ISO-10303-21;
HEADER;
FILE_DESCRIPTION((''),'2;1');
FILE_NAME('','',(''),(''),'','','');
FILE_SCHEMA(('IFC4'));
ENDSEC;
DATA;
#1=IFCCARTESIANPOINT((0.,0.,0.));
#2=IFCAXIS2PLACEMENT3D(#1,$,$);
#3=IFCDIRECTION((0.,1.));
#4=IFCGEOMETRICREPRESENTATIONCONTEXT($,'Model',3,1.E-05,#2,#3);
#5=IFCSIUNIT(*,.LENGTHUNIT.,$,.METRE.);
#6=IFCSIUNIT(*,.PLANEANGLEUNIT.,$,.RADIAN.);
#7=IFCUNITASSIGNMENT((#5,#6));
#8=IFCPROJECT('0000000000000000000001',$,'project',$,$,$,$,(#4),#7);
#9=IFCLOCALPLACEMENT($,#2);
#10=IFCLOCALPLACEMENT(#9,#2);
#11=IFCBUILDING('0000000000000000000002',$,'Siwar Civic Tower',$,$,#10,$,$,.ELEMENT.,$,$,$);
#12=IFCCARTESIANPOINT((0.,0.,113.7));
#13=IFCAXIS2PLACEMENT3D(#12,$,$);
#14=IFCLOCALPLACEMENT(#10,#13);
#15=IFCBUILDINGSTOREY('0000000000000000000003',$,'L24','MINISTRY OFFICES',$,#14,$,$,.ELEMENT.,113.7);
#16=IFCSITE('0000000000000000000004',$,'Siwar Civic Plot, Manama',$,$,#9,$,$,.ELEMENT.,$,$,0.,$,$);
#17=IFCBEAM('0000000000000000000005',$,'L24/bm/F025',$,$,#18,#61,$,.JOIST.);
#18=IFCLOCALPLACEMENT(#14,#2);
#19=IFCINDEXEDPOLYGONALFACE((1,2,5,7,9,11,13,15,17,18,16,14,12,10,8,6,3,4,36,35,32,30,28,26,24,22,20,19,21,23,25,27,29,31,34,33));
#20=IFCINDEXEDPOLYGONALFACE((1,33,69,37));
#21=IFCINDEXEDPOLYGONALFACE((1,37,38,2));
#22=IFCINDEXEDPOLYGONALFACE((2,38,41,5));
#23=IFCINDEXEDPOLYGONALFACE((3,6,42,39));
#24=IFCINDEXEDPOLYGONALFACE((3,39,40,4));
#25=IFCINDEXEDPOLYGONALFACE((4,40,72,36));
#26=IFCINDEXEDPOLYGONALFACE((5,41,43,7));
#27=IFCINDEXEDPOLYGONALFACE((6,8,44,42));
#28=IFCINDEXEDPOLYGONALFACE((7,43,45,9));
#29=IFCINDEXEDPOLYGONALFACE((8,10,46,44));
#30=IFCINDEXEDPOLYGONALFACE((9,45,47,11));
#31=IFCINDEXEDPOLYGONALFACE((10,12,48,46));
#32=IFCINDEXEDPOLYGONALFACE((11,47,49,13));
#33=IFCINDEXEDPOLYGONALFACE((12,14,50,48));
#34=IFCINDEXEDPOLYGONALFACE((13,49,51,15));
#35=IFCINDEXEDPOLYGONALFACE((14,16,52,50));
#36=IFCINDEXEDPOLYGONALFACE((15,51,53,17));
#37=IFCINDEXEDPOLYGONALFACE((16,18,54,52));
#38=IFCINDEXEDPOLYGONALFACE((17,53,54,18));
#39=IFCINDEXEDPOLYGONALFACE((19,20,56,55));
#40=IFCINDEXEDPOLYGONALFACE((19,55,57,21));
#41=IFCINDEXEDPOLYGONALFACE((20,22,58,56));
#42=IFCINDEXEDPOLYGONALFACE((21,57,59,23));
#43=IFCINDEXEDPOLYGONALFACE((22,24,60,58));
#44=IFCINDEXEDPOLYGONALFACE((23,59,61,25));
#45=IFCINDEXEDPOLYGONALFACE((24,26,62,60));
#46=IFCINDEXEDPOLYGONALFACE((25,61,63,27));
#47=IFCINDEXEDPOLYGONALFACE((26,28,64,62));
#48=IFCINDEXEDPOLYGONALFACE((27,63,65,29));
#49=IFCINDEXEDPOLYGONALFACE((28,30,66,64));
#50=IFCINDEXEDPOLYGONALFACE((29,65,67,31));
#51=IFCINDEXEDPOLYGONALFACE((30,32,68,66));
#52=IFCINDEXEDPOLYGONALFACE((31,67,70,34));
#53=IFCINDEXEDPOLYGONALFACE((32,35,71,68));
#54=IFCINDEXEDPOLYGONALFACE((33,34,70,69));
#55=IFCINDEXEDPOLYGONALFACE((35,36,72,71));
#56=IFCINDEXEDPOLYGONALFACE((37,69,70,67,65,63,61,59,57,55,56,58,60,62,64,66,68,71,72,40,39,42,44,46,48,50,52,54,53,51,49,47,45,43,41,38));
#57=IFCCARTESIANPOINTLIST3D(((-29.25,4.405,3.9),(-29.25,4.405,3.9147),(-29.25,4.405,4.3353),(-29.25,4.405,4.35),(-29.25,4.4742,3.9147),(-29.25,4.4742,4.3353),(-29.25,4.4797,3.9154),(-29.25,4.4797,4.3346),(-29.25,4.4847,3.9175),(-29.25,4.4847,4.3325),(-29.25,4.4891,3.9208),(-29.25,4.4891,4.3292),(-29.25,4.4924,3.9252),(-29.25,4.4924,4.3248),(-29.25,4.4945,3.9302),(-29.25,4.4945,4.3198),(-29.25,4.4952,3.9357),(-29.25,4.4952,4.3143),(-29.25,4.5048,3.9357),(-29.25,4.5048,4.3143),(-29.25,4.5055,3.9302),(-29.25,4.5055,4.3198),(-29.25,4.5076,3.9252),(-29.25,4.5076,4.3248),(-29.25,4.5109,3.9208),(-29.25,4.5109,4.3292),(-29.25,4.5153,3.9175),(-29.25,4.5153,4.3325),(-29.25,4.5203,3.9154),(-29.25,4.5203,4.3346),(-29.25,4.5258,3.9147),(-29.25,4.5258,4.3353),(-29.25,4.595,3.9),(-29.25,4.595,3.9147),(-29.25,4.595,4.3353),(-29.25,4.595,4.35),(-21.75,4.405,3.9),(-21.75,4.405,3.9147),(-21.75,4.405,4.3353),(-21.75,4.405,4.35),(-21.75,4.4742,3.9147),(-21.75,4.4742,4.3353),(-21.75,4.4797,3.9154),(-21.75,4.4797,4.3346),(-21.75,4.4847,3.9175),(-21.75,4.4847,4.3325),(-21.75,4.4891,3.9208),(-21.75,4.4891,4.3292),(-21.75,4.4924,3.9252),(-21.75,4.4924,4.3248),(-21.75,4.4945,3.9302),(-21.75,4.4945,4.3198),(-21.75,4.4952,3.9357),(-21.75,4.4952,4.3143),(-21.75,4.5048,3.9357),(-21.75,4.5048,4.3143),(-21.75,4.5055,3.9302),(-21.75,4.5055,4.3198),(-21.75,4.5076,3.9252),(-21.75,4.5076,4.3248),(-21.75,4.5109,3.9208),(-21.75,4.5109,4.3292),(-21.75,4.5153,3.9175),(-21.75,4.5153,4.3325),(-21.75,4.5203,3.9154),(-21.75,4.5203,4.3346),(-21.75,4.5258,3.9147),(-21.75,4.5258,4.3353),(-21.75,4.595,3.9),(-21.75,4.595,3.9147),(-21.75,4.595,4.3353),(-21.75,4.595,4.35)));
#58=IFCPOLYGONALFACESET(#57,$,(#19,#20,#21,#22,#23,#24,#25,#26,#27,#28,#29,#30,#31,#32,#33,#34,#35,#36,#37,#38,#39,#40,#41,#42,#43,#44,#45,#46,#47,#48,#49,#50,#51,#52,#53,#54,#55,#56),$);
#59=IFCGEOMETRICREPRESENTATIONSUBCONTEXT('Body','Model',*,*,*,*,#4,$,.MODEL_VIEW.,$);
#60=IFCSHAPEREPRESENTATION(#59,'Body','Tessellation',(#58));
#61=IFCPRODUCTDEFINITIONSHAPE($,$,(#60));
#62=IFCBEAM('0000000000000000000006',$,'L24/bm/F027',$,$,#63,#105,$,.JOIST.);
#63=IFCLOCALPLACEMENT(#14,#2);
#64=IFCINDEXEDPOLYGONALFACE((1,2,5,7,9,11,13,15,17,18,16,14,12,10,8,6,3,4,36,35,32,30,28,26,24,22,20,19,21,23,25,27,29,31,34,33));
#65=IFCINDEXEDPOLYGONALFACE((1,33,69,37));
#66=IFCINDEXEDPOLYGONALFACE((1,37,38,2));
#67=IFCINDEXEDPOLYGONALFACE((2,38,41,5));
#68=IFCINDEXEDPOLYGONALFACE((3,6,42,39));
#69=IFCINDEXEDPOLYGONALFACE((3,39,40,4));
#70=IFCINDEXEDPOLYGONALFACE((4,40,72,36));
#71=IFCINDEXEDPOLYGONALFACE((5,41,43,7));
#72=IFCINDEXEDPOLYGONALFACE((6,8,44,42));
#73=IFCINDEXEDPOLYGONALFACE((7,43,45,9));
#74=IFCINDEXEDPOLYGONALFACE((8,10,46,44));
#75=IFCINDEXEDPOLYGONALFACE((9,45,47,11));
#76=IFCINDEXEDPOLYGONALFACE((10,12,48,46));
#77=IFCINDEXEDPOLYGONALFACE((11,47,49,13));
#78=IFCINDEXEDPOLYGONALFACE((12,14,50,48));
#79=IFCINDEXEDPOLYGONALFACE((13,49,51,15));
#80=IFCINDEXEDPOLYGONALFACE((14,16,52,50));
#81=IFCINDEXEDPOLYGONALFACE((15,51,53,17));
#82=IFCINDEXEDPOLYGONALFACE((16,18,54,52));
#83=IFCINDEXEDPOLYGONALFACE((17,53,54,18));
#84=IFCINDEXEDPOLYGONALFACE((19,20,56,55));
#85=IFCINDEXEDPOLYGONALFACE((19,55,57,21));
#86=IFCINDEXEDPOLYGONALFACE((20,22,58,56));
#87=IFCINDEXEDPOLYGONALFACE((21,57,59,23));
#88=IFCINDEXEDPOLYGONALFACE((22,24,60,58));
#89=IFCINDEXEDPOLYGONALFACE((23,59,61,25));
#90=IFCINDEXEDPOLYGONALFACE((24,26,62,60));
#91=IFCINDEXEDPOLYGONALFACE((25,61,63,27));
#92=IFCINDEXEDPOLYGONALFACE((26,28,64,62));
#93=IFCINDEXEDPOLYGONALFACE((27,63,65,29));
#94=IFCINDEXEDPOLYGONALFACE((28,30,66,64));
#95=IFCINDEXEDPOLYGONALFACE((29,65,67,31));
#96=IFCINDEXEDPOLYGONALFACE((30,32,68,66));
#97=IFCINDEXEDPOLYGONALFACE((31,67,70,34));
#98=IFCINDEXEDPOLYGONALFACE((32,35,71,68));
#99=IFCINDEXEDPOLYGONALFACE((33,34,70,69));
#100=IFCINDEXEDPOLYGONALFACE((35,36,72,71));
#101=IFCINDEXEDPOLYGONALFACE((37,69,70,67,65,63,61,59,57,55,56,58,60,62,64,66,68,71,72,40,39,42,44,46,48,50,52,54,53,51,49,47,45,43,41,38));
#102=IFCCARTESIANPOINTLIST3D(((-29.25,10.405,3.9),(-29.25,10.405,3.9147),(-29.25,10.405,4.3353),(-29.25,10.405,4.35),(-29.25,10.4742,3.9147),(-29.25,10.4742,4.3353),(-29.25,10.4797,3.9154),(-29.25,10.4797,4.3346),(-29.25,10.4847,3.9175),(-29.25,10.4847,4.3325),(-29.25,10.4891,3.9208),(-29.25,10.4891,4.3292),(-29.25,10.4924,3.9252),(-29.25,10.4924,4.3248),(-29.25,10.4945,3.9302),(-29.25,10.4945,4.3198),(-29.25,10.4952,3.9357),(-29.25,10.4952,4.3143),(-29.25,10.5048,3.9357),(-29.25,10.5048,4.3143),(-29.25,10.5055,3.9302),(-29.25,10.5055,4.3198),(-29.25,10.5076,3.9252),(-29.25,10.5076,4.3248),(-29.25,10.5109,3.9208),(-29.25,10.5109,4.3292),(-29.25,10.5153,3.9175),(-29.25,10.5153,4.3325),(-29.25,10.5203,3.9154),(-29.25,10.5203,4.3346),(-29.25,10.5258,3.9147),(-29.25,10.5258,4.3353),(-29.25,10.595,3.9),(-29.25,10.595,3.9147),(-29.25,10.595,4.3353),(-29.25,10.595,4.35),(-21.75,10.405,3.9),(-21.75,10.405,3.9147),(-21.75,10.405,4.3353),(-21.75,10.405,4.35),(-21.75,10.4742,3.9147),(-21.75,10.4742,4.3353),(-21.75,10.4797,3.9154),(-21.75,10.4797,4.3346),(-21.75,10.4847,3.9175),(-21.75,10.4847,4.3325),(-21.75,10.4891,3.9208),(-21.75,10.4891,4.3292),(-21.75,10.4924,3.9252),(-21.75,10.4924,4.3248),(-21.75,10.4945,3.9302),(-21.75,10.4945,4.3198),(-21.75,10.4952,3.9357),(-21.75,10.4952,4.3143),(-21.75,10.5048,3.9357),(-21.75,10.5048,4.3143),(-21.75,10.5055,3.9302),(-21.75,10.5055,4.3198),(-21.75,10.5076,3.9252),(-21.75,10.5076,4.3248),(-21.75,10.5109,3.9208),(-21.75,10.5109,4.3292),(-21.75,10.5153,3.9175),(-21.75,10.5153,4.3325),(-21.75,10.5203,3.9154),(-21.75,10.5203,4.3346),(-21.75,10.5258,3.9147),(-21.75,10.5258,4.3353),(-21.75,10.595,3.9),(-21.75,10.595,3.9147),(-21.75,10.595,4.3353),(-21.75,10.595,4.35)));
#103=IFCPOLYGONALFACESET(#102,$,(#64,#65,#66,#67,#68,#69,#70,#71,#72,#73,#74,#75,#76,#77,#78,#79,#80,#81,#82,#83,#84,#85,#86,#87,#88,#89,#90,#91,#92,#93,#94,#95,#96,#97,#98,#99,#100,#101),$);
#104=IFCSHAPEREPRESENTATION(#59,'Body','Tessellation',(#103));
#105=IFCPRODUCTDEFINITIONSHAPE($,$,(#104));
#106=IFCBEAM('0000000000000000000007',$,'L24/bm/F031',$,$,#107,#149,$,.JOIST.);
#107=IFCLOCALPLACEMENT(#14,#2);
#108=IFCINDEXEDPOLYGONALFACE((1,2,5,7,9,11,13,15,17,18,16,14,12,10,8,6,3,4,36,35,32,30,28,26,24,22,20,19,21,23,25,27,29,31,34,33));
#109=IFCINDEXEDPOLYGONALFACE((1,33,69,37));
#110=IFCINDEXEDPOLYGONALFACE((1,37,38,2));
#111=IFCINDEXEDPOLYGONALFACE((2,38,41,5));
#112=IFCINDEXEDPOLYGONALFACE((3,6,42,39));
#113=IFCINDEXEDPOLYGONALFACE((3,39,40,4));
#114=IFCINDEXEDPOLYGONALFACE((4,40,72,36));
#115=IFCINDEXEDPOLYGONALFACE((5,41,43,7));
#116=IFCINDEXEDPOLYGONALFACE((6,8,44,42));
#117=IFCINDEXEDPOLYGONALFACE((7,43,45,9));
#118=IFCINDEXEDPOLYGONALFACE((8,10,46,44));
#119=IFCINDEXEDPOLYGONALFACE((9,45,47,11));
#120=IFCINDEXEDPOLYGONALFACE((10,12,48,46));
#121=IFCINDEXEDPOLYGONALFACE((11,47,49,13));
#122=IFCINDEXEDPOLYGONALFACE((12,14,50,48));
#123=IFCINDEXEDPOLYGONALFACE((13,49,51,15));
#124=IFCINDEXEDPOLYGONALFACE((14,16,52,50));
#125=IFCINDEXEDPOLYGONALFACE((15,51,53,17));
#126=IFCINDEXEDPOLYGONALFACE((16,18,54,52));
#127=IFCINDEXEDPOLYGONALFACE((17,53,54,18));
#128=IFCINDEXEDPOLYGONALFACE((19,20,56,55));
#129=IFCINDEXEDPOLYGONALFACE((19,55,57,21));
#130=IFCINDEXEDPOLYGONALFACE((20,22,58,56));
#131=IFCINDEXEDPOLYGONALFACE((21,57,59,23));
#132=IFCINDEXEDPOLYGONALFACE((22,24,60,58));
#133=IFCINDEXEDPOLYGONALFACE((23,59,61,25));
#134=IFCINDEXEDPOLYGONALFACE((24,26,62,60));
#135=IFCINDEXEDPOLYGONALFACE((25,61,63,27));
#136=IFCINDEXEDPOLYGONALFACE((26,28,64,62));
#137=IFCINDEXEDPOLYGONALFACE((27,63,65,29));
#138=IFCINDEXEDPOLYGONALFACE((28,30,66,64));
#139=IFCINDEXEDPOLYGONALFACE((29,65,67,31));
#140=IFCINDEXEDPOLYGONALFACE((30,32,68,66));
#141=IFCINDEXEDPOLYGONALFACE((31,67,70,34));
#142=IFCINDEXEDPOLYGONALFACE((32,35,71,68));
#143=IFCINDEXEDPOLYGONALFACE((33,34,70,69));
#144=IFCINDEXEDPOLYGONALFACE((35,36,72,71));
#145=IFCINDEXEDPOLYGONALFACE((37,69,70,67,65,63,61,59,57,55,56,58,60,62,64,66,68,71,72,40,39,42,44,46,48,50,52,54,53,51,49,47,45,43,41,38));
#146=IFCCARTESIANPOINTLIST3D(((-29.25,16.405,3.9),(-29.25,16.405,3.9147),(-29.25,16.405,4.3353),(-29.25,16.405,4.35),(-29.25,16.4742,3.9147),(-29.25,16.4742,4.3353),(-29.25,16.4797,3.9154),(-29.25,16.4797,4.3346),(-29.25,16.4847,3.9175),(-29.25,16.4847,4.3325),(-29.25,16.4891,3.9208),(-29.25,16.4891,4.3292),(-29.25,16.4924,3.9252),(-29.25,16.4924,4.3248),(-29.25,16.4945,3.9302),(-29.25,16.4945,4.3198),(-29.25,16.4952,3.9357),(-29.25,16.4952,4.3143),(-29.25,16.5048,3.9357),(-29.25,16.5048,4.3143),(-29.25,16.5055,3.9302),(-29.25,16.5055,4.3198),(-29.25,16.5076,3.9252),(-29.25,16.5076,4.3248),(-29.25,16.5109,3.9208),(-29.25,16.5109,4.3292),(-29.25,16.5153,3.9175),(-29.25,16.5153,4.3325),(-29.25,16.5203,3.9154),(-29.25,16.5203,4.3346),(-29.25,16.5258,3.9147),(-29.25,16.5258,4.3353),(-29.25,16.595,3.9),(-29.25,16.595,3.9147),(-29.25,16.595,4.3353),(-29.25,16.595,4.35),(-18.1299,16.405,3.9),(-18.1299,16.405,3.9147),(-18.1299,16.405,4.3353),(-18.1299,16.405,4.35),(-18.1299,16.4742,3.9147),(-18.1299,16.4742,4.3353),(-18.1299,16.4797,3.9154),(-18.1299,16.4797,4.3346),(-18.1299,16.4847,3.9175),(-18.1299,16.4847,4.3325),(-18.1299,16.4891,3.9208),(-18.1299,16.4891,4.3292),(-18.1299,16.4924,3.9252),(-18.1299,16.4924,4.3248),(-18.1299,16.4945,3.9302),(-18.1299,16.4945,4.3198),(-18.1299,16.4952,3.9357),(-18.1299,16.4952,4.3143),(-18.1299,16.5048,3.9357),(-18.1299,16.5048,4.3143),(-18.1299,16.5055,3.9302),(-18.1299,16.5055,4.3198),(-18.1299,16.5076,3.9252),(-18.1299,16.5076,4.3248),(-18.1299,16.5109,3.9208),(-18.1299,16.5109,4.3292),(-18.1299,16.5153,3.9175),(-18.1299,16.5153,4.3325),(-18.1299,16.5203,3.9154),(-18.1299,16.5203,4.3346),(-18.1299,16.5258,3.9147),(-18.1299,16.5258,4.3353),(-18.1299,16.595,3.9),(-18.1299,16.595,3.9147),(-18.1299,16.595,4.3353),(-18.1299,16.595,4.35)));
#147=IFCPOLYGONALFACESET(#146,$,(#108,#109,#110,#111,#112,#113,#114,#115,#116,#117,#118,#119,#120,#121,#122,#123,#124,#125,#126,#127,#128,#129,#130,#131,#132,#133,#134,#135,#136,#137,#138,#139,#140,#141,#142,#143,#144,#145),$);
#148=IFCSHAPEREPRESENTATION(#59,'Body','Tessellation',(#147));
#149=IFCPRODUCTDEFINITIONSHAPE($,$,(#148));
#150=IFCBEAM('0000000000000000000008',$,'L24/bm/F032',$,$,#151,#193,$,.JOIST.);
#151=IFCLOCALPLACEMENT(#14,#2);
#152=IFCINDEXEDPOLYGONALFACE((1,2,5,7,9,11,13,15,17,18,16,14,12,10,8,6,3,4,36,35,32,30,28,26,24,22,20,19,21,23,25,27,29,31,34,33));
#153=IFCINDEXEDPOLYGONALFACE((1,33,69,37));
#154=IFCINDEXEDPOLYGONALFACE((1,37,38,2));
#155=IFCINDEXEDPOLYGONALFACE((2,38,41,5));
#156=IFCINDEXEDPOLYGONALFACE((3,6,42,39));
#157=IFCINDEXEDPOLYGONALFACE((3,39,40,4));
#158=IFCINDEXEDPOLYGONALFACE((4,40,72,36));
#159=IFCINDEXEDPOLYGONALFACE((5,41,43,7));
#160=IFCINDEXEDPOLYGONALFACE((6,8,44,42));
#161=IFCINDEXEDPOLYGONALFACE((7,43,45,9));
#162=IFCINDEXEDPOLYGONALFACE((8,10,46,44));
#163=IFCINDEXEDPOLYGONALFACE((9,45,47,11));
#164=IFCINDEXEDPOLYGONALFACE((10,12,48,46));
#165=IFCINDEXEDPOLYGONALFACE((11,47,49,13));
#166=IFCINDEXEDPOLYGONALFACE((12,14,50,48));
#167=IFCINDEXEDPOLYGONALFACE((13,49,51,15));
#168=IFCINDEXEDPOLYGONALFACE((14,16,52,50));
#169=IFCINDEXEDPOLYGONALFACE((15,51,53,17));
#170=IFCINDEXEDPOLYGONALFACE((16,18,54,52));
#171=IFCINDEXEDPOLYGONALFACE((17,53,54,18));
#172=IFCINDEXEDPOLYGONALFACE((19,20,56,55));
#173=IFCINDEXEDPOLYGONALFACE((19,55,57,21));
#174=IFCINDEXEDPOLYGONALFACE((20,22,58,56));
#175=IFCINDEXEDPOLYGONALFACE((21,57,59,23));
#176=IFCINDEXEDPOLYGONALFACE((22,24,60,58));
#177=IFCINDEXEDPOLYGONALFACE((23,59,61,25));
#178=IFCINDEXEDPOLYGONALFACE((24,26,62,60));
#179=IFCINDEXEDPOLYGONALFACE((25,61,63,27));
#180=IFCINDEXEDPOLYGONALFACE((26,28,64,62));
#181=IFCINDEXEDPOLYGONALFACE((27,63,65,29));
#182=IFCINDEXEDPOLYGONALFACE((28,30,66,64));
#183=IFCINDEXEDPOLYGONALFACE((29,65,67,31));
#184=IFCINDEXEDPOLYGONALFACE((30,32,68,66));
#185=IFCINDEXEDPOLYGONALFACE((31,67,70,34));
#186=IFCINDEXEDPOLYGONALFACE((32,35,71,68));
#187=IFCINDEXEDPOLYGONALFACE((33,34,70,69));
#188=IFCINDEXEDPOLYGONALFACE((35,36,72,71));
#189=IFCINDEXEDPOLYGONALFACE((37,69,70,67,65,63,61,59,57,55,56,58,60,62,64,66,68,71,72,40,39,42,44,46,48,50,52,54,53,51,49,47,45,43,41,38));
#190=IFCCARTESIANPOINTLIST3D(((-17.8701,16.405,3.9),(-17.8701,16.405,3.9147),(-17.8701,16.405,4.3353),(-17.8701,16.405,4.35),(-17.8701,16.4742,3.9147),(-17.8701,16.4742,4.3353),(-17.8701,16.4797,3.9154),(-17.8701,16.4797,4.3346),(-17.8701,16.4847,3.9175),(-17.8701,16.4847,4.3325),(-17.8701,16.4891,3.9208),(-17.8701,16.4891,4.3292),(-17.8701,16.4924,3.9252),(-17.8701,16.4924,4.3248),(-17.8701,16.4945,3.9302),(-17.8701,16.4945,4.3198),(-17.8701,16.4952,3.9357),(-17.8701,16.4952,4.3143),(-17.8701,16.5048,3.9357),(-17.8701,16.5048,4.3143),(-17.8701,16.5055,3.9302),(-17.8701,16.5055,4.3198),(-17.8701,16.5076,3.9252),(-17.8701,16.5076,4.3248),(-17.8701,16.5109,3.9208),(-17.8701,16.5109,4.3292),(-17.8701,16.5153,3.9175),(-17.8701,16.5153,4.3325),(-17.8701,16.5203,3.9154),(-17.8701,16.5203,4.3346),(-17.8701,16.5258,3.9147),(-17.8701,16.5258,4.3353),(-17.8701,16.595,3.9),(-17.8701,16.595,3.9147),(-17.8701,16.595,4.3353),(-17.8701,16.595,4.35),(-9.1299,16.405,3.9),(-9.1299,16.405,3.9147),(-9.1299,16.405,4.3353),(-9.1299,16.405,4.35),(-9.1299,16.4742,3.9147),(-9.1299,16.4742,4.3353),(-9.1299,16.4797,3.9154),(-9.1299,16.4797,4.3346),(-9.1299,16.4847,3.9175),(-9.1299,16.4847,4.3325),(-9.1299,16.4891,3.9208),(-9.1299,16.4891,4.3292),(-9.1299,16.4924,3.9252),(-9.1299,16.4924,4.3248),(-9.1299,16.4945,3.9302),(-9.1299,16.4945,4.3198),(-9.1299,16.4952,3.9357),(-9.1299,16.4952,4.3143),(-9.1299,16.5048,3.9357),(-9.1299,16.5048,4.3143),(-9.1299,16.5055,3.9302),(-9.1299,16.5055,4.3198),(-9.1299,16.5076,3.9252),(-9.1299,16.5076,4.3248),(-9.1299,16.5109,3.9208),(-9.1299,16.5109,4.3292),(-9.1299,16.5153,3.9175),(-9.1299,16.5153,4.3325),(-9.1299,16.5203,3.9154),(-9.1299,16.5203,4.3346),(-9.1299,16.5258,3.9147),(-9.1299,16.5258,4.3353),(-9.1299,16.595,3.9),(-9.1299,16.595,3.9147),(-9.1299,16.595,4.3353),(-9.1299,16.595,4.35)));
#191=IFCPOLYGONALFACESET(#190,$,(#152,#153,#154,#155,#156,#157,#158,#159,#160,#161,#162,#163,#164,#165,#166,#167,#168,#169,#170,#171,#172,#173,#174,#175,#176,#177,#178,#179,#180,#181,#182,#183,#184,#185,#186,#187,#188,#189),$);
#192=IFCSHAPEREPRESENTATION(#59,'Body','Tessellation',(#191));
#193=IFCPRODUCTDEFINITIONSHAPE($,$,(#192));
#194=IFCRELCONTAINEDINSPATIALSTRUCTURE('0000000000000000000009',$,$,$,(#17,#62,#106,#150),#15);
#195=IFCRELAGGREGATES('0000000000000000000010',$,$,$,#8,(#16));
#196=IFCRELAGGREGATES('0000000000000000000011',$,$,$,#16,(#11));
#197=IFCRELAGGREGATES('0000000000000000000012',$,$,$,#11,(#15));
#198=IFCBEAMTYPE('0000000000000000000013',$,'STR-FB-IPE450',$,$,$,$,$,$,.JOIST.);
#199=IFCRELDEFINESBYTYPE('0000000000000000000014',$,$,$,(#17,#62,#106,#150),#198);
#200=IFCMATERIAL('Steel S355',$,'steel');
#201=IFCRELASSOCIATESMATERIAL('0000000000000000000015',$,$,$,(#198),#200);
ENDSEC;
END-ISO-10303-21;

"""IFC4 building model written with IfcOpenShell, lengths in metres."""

from ifc_helpers import new_model, si_unit, direction, frame, origin, origin_2d, place, context, subcontext, project, spatial, i_section, extrude, material, material_profile, profile_set, type_object, element, save


model = new_model("IFC4")

# Units and contexts
model_context = context("Model", 3, precision=1e-05, world=origin(), true_north=direction((0.0, 1.0)))
body_context = subcontext(model_context, "Body", "Model", "MODEL_VIEW")
ifc_project = project(units=[si_unit("LENGTHUNIT", "METRE"), si_unit("PLANEANGLEUNIT", "RADIAN")], contexts=[model_context])

# Site, building, storey
site_placement = place(None, origin())
site = spatial("IfcSite", under=ifc_project, at=site_placement, Name="Siwar Civic Plot, Manama", CompositionType="ELEMENT", RefElevation=0.0)
building_placement = place(site_placement, origin())
building = spatial("IfcBuilding", under=site, at=building_placement, Name="Siwar Civic Tower", CompositionType="ELEMENT")
storey_placement = place(building_placement, frame((0.0, 0.0, 113.7)))
storey = spatial("IfcBuildingStorey", under=building, at=storey_placement, Name="L24", Description="MINISTRY OFFICES", CompositionType="ELEMENT", Elevation=113.7)

# Beams
ifc_material_1 = material(Name="Steel S355", Category="steel")
ifc_material_profile_1 = material_profile(ifc_material_1, i_section(OverallWidth=0.1899, OverallDepth=0.45, WebThickness=0.0095, FlangeThickness=0.0146, FilletRadius=0.021, at=origin_2d()), Name="IPE450")
ifc_profile_set_1 = profile_set([ifc_material_profile_1], Name="Steel S355")
beam_type_1 = type_object("IfcBeamType", Name="STR-FB-IPE450", PredefinedType="JOIST", material=ifc_profile_set_1)
for number, where, z_axis, x_axis, name in (
    (1, (-29.25, 4.5, 4.125), (1.0, 0.0, 0.0), (0.0, 1.0, 0.0), "L24/bm/F025"),
    (2, (-29.25, 10.5, 4.125), (1.0, 0.0, 0.0), (0.0, 1.0, 0.0), "L24/bm/F027"),
):
    element("IfcBeam", number, at=place(storey_placement, frame(where, z_axis=z_axis, x_axis=x_axis)), inside=storey, type_object=beam_type_1, Name=name, PredefinedType="JOIST", context=body_context, shape_type="SweptSolid", body=[
        extrude(i_section(OverallWidth=0.1899, OverallDepth=0.45, WebThickness=0.0095, FlangeThickness=0.0146, FilletRadius=0.021, at=origin_2d()), origin(), (0.0, 0.0, 1.0), 7.5),
    ])
beam_1_placement = place(storey_placement, frame((-29.25, 16.5, 4.125), z_axis=(1.0, 0.0, 0.0), x_axis=(0.0, 1.0, 0.0)))
element("IfcBeam", 3, at=beam_1_placement, inside=storey, type_object=beam_type_1, Name="L24/bm/F031", PredefinedType="JOIST", context=body_context, shape_type="SweptSolid", body=[
    extrude(i_section(OverallWidth=0.1899, OverallDepth=0.45, WebThickness=0.0095, FlangeThickness=0.0146, FilletRadius=0.021, at=origin_2d()), origin(), (0.0, 0.0, 1.0), 11.1201),
])
beam_2_placement = place(storey_placement, frame((-17.8701, 16.5, 4.125), z_axis=(1.0, 0.0, 0.0), x_axis=(0.0, 1.0, 0.0)))
element("IfcBeam", 4, at=beam_2_placement, inside=storey, type_object=beam_type_1, Name="L24/bm/F032", PredefinedType="JOIST", context=body_context, shape_type="SweptSolid", body=[
    extrude(i_section(OverallWidth=0.1899, OverallDepth=0.45, WebThickness=0.0095, FlangeThickness=0.0146, FilletRadius=0.021, at=origin_2d()), origin(), (0.0, 0.0, 1.0), 8.7402),
])

save(model, "model.ifc")
